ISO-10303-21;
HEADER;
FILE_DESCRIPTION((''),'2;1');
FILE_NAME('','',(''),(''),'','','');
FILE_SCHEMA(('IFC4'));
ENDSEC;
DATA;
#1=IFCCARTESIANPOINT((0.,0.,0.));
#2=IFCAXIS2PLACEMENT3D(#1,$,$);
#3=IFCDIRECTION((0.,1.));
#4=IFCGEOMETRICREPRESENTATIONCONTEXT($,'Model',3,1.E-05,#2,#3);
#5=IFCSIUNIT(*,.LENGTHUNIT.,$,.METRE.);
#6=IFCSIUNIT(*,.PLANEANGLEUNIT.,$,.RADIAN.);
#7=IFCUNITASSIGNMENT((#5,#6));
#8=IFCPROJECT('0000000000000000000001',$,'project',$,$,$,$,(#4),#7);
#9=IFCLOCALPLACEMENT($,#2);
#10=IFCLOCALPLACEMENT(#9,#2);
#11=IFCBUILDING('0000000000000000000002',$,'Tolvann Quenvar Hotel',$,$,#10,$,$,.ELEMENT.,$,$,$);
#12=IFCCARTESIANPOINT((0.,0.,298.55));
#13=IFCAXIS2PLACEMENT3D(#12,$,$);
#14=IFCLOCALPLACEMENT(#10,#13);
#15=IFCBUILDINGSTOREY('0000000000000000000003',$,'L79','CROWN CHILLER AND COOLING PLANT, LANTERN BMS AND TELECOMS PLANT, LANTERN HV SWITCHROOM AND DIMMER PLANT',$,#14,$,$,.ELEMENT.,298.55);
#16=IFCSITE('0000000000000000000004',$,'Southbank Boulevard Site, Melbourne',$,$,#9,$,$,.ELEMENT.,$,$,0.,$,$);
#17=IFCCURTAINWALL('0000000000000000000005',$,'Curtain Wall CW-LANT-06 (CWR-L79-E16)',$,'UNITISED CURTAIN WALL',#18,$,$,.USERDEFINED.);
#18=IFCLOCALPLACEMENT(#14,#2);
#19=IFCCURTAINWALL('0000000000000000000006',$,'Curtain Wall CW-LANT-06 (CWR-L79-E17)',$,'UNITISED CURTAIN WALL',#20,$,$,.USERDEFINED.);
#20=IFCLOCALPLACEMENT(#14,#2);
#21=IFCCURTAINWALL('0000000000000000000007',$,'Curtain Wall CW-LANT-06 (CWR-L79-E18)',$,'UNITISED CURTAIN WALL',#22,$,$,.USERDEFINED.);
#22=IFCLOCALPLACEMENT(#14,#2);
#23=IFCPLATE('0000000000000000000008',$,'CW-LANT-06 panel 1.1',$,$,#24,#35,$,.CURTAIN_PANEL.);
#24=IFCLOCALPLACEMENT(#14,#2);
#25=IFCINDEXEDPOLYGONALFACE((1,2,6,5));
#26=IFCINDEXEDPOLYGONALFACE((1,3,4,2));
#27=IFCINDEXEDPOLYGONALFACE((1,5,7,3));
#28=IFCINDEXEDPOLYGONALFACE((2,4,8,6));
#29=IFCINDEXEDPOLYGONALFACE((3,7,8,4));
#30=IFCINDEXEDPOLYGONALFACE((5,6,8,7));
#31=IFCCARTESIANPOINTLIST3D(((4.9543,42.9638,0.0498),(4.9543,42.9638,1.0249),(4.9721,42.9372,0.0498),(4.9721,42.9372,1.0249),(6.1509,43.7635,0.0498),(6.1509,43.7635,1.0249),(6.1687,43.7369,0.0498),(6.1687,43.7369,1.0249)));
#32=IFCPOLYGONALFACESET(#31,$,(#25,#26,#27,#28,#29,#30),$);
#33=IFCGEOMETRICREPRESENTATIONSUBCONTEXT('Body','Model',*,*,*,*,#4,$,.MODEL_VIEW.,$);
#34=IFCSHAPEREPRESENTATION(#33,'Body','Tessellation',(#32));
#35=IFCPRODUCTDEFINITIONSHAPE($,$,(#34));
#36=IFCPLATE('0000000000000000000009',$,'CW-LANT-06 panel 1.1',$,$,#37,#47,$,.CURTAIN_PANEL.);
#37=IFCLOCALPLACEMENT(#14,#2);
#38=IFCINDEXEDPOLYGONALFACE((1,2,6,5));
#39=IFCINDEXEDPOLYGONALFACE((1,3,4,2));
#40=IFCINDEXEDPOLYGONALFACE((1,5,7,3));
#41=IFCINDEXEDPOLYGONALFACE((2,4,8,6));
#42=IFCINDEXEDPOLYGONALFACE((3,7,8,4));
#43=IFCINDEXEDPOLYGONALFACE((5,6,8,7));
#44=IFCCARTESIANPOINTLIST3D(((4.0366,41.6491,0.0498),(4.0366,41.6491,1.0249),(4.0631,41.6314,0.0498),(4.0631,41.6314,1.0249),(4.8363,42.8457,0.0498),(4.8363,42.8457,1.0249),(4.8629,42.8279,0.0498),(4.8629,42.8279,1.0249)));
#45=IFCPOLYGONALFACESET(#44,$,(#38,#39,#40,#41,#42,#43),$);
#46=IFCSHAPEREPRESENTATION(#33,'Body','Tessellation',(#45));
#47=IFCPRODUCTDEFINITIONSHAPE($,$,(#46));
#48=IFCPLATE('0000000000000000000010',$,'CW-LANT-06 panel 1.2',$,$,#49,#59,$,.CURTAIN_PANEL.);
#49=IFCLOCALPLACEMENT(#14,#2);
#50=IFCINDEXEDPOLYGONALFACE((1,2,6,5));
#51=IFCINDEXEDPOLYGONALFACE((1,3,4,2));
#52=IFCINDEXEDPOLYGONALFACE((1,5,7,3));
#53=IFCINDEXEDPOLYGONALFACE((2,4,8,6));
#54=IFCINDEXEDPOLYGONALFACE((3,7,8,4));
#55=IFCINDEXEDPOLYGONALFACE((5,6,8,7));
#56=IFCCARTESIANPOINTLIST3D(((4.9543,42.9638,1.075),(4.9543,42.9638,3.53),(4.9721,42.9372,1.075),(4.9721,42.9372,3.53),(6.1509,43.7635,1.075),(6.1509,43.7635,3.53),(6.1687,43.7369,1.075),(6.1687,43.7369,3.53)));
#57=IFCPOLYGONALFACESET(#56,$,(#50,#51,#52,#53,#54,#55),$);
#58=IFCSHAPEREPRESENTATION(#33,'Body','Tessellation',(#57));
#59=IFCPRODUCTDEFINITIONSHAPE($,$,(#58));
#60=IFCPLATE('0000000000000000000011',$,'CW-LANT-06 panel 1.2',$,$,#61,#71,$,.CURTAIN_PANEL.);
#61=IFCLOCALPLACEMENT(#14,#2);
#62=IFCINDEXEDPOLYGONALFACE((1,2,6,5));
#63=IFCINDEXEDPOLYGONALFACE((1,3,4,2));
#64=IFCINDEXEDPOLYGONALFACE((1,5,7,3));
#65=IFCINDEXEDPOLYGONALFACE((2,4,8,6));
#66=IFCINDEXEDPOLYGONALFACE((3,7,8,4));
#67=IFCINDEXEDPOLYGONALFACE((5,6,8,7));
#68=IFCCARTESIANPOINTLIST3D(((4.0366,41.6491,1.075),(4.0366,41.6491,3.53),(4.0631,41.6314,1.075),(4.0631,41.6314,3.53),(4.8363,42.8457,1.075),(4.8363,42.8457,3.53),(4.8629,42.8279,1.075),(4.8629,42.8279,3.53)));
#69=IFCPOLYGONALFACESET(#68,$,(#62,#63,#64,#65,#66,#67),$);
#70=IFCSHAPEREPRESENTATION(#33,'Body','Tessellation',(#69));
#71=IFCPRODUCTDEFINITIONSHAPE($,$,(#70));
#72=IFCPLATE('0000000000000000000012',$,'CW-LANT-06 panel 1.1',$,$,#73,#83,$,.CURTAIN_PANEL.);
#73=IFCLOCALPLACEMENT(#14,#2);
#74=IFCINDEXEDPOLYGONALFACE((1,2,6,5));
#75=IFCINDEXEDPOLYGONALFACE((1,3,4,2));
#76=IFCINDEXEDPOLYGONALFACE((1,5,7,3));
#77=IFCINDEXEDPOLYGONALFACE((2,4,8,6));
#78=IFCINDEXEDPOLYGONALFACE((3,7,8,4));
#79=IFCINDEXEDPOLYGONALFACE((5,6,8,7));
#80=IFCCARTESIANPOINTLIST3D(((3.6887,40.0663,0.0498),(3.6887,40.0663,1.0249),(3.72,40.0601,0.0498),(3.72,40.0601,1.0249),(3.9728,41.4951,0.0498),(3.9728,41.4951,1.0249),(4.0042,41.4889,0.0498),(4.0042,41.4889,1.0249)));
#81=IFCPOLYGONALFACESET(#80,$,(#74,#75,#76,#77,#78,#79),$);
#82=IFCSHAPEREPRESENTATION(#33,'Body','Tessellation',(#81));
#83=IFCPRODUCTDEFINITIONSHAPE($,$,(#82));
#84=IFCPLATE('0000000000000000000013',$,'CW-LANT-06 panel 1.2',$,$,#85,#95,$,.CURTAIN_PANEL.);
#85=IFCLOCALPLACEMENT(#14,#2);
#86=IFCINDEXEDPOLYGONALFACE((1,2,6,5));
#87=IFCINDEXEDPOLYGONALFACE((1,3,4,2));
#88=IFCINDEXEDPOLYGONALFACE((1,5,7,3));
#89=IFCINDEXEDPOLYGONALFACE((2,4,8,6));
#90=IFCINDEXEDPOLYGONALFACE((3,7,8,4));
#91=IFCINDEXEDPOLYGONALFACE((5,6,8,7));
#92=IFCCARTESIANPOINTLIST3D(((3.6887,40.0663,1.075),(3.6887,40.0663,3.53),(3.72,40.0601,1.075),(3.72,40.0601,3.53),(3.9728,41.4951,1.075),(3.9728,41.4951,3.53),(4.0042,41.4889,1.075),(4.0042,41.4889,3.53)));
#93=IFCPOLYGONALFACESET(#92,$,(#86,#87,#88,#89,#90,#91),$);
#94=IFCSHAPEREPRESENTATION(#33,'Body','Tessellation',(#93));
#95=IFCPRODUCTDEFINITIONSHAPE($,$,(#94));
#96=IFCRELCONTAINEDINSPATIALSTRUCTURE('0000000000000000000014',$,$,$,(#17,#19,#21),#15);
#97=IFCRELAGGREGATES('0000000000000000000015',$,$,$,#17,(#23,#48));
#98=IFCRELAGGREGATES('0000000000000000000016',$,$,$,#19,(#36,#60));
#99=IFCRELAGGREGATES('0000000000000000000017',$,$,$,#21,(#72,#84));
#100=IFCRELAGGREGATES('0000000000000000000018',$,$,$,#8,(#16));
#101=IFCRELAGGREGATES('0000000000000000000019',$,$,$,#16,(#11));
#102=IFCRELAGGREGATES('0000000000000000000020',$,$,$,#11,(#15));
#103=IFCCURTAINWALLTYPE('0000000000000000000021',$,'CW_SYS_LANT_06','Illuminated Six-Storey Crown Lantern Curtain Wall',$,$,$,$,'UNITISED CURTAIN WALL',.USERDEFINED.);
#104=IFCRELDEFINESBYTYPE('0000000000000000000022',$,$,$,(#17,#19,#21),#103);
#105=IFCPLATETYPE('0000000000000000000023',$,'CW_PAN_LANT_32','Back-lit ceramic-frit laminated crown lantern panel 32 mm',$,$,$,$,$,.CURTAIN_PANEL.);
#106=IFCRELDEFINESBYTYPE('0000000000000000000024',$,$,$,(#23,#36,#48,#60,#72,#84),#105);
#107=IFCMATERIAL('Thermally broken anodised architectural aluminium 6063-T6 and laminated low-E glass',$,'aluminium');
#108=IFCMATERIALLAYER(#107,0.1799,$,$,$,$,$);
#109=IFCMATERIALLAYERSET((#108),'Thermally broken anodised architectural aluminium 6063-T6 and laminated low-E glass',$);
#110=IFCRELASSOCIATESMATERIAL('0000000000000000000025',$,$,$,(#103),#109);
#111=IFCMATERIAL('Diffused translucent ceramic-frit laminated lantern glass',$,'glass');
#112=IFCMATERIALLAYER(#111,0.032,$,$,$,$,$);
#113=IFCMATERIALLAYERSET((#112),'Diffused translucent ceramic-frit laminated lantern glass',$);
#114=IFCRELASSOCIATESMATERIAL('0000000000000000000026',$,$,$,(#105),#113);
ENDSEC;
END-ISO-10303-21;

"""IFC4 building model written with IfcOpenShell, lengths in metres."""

from ifc_helpers import new_model, si_unit, direction, frame, origin, origin_2d, place, context, subcontext, project, spatial, rectangle, extrude, source, transform, mapped, material, layer, layer_set, type_object, type_shapes, element, aggregate, save


model = new_model("IFC4")

# Units and contexts
model_context = context("Model", 3, precision=1e-05, world=origin(), true_north=direction((0.0, 1.0)))
body_context = subcontext(model_context, "Body", "Model", "MODEL_VIEW")
ifc_project = project(units=[si_unit("LENGTHUNIT", "METRE"), si_unit("PLANEANGLEUNIT", "RADIAN")], contexts=[model_context])

# Site, building, storey
site_placement = place(None, origin())
site = spatial("IfcSite", under=ifc_project, at=site_placement, Name="Southbank Boulevard Site, Melbourne", CompositionType="ELEMENT", RefElevation=0.0)
building_placement = place(site_placement, origin())
building = spatial("IfcBuilding", under=site, at=building_placement, Name="Tolvann Quenvar Hotel", CompositionType="ELEMENT")
storey_placement = place(building_placement, frame((0.0, 0.0, 298.55)))
storey = spatial("IfcBuildingStorey", under=building, at=storey_placement, Name="L79", Description="CROWN CHILLER AND COOLING PLANT, LANTERN BMS AND TELECOMS PLANT, LANTERN HV SWITCHROOM AND DIMMER PLANT", CompositionType="ELEMENT", Elevation=298.55)

# Curtain walls
ifc_material_1 = material(Name="Thermally broken anodised architectural aluminium 6063-T6 and laminated low-E glass", Category="aluminium")
ifc_layer_1 = layer(ifc_material_1, 0.1799)
ifc_layer_set_1 = layer_set([ifc_layer_1], Name="Thermally broken anodised architectural aluminium 6063-T6 and laminated low-E glass")
curtain_wall_type = type_object("IfcCurtainWallType", Name="CW_SYS_LANT_06", Description="Illuminated Six-Storey Crown Lantern Curtain Wall", ElementType="UNITISED CURTAIN WALL", PredefinedType="USERDEFINED", material=ifc_layer_set_1)
curtain_wall_1_placement = place(storey_placement, origin())
curtain_wall_1 = element("IfcCurtainWall", 1, at=curtain_wall_1_placement, inside=storey, type_object=curtain_wall_type, Name="Curtain Wall CW-LANT-06 (CWR-L79-E16)", ObjectType="UNITISED CURTAIN WALL", PredefinedType="USERDEFINED")
curtain_wall_2_placement = place(storey_placement, origin())
curtain_wall_2 = element("IfcCurtainWall", 2, at=curtain_wall_2_placement, inside=storey, type_object=curtain_wall_type, Name="Curtain Wall CW-LANT-06 (CWR-L79-E17)", ObjectType="UNITISED CURTAIN WALL", PredefinedType="USERDEFINED")
curtain_wall_3_placement = place(storey_placement, origin())
curtain_wall_3 = element("IfcCurtainWall", 3, at=curtain_wall_3_placement, inside=storey, type_object=curtain_wall_type, Name="Curtain Wall CW-LANT-06 (CWR-L79-E18)", ObjectType="UNITISED CURTAIN WALL", PredefinedType="USERDEFINED")

# Plates
ifc_material_2 = material(Name="Diffused translucent ceramic-frit laminated lantern glass", Category="glass")
ifc_layer_2 = layer(ifc_material_2, 0.032)
ifc_layer_set_2 = layer_set([ifc_layer_2], Name="Diffused translucent ceramic-frit laminated lantern glass")
plate_type_1 = type_object("IfcPlateType", Name="CW_PAN_LANT_32", Description="Back-lit ceramic-frit laminated crown lantern panel 32 mm", PredefinedType="CURTAIN_PANEL", material=ifc_layer_set_2)
shared_shape_1 = source(origin(), body_context, "Body", "SweptSolid", [
    extrude(rectangle(XDim=1.4392, YDim=0.032, at=origin_2d()), origin(), (0.0, 0.0, 1.0), 0.9751),
])
plate_1_placement = place(storey_placement, frame((5.5615, 43.3503, 0.0498), z_axis=(0.0, 0.0, 1.0), x_axis=(-0.831412, -0.555656, 0.0)))
plate_1 = element("IfcPlate", 4, at=plate_1_placement, type_object=plate_type_1, Name="CW-LANT-06 panel 1.1", PredefinedType="CURTAIN_PANEL", context=body_context, shape_type="MappedRepresentation", body=[
    mapped(shared_shape_1, transform((0.0, 0.0, 0.0), x_axis=(1.0, 0.0, 0.0), y_axis=(0.0, 1.0, 0.0), z_axis=(0.0, 0.0, 1.0), scale=1.0)),
])
plate_2_placement = place(storey_placement, frame((4.4497, 42.2385, 0.0498), z_axis=(0.0, 0.0, 1.0), x_axis=(-0.555656, -0.831412, 0.0)))
plate_2 = element("IfcPlate", 5, at=plate_2_placement, type_object=plate_type_1, Name="CW-LANT-06 panel 1.1", PredefinedType="CURTAIN_PANEL", context=body_context, shape_type="MappedRepresentation", body=[
    mapped(shared_shape_1, transform((0.0, 0.0, 0.0), x_axis=(1.0, 0.0, 0.0), y_axis=(0.0, 1.0, 0.0), z_axis=(0.0, 0.0, 1.0), scale=1.0)),
])
shared_shape_2 = source(origin(), body_context, "Body", "SweptSolid", [
    extrude(rectangle(XDim=1.4392, YDim=0.032, at=origin_2d()), origin(), (0.0, 0.0, 1.0), 2.4551),
])
plate_3_placement = place(storey_placement, frame((5.5615, 43.3503, 1.075), z_axis=(0.0, 0.0, 1.0), x_axis=(-0.831412, -0.555656, 0.0)))
plate_3 = element("IfcPlate", 6, at=plate_3_placement, type_object=plate_type_1, Name="CW-LANT-06 panel 1.2", PredefinedType="CURTAIN_PANEL", context=body_context, shape_type="MappedRepresentation", body=[
    mapped(shared_shape_2, transform((0.0, 0.0, 0.0), x_axis=(1.0, 0.0, 0.0), y_axis=(0.0, 1.0, 0.0), z_axis=(0.0, 0.0, 1.0), scale=1.0)),
])
aggregate(curtain_wall_1, [plate_1, plate_3])
plate_4_placement = place(storey_placement, frame((4.4497, 42.2385, 1.075), z_axis=(0.0, 0.0, 1.0), x_axis=(-0.555656, -0.831412, 0.0)))
plate_4 = element("IfcPlate", 7, at=plate_4_placement, type_object=plate_type_1, Name="CW-LANT-06 panel 1.2", PredefinedType="CURTAIN_PANEL", context=body_context, shape_type="MappedRepresentation", body=[
    mapped(shared_shape_2, transform((0.0, 0.0, 0.0), x_axis=(1.0, 0.0, 0.0), y_axis=(0.0, 1.0, 0.0), z_axis=(0.0, 0.0, 1.0), scale=1.0)),
])
aggregate(curtain_wall_2, [plate_2, plate_4])
shared_shape_3 = source(origin(), body_context, "Body", "SweptSolid", [
    extrude(rectangle(XDim=1.4568, YDim=0.032, at=origin_2d()), origin(), (0.0, 0.0, 1.0), 0.9751),
])
plate_5_placement = place(storey_placement, frame((3.8464, 40.7776, 0.0498), z_axis=(0.0, 0.0, 1.0), x_axis=(-0.195062, -0.980791, 0.0)))
plate_5 = element("IfcPlate", 8, at=plate_5_placement, type_object=plate_type_1, Name="CW-LANT-06 panel 1.1", PredefinedType="CURTAIN_PANEL", context=body_context, shape_type="MappedRepresentation", body=[
    mapped(shared_shape_3, transform((0.0, 0.0, 0.0), x_axis=(1.0, 0.0, 0.0), y_axis=(0.0, 1.0, 0.0), z_axis=(0.0, 0.0, 1.0), scale=1.0)),
])
shared_shape_4 = source(origin(), body_context, "Body", "SweptSolid", [
    extrude(rectangle(XDim=1.4568, YDim=0.032, at=origin_2d()), origin(), (0.0, 0.0, 1.0), 2.4551),
])
type_shapes(plate_type_1, [shared_shape_1, shared_shape_2, shared_shape_3, shared_shape_4])
plate_6_placement = place(storey_placement, frame((3.8464, 40.7776, 1.075), z_axis=(0.0, 0.0, 1.0), x_axis=(-0.195062, -0.980791, 0.0)))
plate_6 = element("IfcPlate", 9, at=plate_6_placement, type_object=plate_type_1, Name="CW-LANT-06 panel 1.2", PredefinedType="CURTAIN_PANEL", context=body_context, shape_type="MappedRepresentation", body=[
    mapped(shared_shape_4, transform((0.0, 0.0, 0.0), x_axis=(1.0, 0.0, 0.0), y_axis=(0.0, 1.0, 0.0), z_axis=(0.0, 0.0, 1.0), scale=1.0)),
])
aggregate(curtain_wall_3, [plate_5, plate_6])

save(model, "model.ifc")
